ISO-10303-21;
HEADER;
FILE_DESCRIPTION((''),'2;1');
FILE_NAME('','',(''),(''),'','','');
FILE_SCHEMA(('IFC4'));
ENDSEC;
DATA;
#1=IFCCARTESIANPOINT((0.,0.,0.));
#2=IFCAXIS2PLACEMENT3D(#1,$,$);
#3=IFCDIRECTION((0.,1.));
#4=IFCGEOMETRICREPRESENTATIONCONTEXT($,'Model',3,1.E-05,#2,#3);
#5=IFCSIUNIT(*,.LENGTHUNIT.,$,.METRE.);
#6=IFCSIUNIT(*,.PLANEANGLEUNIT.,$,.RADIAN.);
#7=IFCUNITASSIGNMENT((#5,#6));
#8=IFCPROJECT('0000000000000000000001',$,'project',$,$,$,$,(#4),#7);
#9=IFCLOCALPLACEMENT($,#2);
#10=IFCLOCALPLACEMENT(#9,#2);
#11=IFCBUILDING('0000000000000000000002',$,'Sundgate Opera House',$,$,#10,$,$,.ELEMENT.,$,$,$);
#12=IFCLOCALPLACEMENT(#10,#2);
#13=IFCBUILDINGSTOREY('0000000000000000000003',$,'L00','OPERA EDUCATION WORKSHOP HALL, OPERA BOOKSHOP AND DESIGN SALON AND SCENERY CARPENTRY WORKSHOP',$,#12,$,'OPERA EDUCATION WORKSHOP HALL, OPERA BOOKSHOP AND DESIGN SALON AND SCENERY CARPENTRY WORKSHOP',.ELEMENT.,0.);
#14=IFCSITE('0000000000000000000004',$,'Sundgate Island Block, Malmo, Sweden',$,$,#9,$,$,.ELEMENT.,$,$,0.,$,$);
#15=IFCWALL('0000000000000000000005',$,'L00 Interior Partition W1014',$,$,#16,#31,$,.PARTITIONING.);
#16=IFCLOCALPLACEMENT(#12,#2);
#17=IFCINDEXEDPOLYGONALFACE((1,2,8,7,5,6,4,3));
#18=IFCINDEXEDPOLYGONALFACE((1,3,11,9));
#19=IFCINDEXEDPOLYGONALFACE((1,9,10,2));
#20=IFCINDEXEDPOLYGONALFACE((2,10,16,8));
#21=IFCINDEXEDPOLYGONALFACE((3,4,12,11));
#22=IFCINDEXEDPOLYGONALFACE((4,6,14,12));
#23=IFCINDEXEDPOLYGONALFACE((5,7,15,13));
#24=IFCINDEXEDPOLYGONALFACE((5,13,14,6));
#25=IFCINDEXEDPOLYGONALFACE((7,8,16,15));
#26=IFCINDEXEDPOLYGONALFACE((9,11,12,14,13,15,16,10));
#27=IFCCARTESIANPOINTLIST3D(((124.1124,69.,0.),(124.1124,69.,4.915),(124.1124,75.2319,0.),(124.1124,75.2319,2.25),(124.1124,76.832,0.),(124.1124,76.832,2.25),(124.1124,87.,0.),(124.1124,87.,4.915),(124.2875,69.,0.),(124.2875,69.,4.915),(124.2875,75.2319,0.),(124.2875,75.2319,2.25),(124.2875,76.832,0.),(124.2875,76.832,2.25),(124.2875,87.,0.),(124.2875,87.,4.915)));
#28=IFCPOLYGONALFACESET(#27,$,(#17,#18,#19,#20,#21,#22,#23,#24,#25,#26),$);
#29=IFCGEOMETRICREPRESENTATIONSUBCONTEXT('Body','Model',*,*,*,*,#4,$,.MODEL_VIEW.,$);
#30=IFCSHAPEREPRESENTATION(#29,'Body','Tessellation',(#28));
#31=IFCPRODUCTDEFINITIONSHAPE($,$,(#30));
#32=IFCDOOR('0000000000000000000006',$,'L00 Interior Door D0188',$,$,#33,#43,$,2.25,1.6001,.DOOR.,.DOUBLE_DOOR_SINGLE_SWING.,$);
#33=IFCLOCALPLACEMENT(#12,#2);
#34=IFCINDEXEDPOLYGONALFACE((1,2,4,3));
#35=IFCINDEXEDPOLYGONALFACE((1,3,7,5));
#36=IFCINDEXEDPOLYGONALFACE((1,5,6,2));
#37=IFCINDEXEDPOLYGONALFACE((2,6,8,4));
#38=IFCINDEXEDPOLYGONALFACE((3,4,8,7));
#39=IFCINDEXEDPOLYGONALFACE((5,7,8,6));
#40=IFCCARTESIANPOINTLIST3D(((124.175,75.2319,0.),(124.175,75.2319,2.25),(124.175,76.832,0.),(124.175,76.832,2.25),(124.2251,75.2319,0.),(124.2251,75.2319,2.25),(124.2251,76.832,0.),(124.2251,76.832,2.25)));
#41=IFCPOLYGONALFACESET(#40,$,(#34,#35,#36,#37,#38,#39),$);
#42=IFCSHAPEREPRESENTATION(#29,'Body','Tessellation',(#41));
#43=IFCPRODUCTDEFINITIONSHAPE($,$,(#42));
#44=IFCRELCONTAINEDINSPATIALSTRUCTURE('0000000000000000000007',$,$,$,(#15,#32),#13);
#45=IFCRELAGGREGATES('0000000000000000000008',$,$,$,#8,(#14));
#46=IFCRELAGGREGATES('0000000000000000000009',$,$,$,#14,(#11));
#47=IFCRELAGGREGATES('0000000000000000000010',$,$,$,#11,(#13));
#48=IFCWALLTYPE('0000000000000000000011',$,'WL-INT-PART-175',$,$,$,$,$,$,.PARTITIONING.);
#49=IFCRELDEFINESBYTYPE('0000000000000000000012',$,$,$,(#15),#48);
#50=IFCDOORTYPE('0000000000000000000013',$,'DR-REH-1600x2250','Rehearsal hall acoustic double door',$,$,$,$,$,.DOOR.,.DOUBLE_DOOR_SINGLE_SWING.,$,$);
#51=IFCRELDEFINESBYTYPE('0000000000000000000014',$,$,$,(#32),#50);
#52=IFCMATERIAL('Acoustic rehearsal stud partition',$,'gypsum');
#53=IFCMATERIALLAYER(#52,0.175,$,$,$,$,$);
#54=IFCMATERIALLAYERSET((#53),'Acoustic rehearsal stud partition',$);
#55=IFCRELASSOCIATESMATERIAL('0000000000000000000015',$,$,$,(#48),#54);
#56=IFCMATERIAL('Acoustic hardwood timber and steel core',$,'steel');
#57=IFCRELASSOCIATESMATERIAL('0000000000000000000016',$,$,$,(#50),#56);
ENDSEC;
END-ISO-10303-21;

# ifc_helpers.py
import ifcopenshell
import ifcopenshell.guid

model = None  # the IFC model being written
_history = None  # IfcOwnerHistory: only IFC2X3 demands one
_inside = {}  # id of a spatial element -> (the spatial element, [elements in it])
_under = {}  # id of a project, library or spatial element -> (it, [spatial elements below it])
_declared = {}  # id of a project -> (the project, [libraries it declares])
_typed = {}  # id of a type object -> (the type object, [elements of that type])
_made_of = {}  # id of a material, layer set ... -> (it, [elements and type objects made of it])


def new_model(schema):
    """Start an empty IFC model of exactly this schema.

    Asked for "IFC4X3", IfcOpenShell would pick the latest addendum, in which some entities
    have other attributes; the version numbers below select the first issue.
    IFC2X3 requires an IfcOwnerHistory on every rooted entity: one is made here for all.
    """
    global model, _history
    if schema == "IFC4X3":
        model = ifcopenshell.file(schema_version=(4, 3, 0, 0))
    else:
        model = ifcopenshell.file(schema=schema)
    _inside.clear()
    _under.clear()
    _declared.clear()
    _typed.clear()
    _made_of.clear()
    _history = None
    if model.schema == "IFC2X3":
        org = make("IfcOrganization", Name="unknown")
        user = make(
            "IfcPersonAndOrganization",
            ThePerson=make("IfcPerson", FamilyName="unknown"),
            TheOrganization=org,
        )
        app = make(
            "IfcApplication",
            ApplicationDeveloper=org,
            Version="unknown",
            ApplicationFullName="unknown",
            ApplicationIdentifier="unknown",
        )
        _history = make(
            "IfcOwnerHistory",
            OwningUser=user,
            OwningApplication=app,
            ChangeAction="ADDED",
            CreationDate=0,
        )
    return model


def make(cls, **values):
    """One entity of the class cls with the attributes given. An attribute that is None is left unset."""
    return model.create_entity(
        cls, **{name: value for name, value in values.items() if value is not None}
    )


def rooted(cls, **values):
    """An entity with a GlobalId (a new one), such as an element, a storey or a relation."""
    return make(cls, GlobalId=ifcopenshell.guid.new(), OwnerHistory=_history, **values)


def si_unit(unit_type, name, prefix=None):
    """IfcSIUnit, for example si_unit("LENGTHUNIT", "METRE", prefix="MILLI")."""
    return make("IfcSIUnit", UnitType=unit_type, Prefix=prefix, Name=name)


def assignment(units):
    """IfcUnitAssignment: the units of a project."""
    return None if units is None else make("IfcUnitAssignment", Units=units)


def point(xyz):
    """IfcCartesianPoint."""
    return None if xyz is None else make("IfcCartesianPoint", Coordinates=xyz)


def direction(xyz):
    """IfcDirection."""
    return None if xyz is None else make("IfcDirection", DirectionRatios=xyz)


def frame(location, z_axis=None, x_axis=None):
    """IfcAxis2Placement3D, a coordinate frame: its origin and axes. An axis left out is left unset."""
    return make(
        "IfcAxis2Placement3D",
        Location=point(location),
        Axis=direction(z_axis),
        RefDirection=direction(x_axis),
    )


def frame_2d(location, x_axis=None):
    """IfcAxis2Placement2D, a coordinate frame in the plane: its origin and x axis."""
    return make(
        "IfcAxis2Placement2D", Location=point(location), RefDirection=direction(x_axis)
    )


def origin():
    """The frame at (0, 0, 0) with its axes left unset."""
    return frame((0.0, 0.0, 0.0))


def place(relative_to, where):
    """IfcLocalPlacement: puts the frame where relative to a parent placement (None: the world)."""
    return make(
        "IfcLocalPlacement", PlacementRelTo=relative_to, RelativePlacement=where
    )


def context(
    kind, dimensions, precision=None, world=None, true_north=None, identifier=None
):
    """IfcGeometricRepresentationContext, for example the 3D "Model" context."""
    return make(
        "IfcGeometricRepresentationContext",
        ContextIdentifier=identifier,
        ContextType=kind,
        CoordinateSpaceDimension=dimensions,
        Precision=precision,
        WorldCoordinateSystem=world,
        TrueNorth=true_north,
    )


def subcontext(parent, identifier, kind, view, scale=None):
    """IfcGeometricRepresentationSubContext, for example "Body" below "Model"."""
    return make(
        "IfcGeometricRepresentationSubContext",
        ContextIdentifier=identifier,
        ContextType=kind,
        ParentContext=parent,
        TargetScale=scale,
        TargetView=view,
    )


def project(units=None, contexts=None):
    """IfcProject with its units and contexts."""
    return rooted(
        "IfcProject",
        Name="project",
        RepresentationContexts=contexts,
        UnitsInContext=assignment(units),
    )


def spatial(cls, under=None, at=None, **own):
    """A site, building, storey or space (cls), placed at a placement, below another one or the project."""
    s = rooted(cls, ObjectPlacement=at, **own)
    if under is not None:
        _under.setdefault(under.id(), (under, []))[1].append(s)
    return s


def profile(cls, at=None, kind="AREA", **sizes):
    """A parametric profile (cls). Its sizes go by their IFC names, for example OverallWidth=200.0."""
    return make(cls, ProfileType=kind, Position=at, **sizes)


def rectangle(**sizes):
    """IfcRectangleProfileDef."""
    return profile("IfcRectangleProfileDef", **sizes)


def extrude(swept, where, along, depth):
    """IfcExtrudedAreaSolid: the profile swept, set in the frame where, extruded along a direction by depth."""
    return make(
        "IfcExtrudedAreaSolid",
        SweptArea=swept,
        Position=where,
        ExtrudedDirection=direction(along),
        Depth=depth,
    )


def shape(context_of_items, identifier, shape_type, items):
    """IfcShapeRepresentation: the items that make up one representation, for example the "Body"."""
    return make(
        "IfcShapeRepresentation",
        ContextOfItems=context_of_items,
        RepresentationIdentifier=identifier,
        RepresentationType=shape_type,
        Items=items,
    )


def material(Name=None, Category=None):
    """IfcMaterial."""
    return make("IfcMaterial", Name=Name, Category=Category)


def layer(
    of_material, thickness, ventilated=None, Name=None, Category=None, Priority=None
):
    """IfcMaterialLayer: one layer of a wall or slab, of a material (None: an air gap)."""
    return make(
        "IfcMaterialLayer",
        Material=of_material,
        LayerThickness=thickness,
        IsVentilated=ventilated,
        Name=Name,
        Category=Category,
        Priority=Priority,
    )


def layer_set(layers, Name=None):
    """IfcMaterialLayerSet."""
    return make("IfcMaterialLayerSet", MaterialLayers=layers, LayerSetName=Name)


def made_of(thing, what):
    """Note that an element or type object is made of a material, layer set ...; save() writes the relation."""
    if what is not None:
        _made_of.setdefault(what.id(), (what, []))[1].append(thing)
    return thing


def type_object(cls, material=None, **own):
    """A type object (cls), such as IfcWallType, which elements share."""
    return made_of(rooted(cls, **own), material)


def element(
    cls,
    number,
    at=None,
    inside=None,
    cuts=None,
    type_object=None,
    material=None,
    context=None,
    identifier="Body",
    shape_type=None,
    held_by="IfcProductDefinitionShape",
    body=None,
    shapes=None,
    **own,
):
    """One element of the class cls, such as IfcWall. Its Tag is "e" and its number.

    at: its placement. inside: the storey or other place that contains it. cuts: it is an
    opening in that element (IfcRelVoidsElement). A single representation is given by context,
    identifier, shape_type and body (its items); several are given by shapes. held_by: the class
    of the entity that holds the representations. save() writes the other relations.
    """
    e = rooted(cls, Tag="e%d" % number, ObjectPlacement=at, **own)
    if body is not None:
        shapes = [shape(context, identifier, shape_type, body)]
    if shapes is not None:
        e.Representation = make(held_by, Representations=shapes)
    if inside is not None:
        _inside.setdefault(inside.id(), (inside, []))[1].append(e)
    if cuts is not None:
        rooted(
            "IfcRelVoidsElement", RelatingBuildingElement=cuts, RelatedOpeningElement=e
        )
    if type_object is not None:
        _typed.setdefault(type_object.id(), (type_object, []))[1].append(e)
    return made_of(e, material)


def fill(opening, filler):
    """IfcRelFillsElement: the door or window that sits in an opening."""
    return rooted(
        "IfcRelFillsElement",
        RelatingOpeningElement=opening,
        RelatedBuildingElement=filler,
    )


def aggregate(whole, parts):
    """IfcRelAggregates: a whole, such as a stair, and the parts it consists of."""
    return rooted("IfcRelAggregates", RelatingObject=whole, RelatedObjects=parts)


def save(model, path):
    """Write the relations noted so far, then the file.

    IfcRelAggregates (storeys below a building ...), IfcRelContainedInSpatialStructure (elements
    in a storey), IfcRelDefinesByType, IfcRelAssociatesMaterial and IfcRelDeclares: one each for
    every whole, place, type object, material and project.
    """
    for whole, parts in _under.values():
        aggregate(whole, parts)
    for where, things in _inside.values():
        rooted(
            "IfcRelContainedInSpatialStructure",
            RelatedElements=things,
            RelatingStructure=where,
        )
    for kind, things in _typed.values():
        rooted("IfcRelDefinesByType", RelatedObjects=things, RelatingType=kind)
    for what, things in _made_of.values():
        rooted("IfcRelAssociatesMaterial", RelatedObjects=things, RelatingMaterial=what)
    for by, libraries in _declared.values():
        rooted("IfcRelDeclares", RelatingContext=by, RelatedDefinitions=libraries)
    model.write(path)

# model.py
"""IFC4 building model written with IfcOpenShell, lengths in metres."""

from ifc_helpers import new_model, si_unit, direction, frame, frame_2d, origin, place, context, subcontext, project, spatial, rectangle, extrude, material, layer, layer_set, type_object, element, fill, save


model = new_model("IFC4")

# Units and contexts
model_context = context("Model", 3, precision=1e-05, world=origin(), true_north=direction((0.0, 1.0)))
body_context = subcontext(model_context, "Body", "Model", "MODEL_VIEW")
ifc_project = project(units=[si_unit("LENGTHUNIT", "METRE"), si_unit("PLANEANGLEUNIT", "RADIAN")], contexts=[model_context])

# Site, building, storey
site_placement = place(None, origin())
site = spatial("IfcSite", under=ifc_project, at=site_placement, Name="Sundgate Island Block, Malmo, Sweden", CompositionType="ELEMENT", RefElevation=0.0)
building_placement = place(site_placement, origin())
building = spatial("IfcBuilding", under=site, at=building_placement, Name="Sundgate Opera House", CompositionType="ELEMENT")
storey_placement = place(building_placement, origin())
storey = spatial("IfcBuildingStorey", under=building, at=storey_placement, Name="L00", Description="OPERA EDUCATION WORKSHOP HALL, OPERA BOOKSHOP AND DESIGN SALON AND SCENERY CARPENTRY WORKSHOP", LongName="OPERA EDUCATION WORKSHOP HALL, OPERA BOOKSHOP AND DESIGN SALON AND SCENERY CARPENTRY WORKSHOP", CompositionType="ELEMENT", Elevation=0.0)

# Wall, opening, door
ifc_material_1 = material(Name="Acoustic rehearsal stud partition", Category="gypsum")
ifc_layer = layer(ifc_material_1, 0.175)
ifc_layer_set = layer_set([ifc_layer], Name="Acoustic rehearsal stud partition")
wall_type = type_object("IfcWallType", Name="WL-INT-PART-175", PredefinedType="PARTITIONING", material=ifc_layer_set)
wall_placement = place(storey_placement, frame((124.2, 69.0, 0.0), z_axis=(0.0, 0.0, 1.0), x_axis=(0.0, 1.0, 0.0)))
wall = element("IfcWall", 1, at=wall_placement, inside=storey, type_object=wall_type, Name="L00 Interior Partition W1014", PredefinedType="PARTITIONING", context=body_context, shape_type="SweptSolid", body=[
    extrude(rectangle(XDim=18.0, YDim=0.175, at=frame_2d((9.0, 0.0))), origin(), (0.0, 0.0, 1.0), 4.915),
])
opening_placement = place(wall_placement, frame((6.2319, 0.0, 0.0)))
opening = element("IfcOpeningElement", 2, at=opening_placement, cuts=wall, PredefinedType="OPENING", context=body_context, shape_type="SweptSolid", body=[
    extrude(rectangle(XDim=1.6001, YDim=2.25, at=frame_2d((0.8, 1.125))), frame((0.0, 0.0974, 0.0), z_axis=(0.0, -1.0, 0.0), x_axis=(1.0, 0.0, 0.0)), (0.0, 0.0, 1.0), 0.1951),
])
ifc_material_2 = material(Name="Acoustic hardwood timber and steel core", Category="steel")
door_type = type_object("IfcDoorType", Name="DR-REH-1600x2250", Description="Rehearsal hall acoustic double door", OperationType="DOUBLE_DOOR_SINGLE_SWING", PredefinedType="DOOR", material=ifc_material_2)
door_placement = place(opening_placement, origin())
door = element("IfcDoor", 3, at=door_placement, inside=storey, type_object=door_type, Name="L00 Interior Door D0188", OperationType="DOUBLE_DOOR_SINGLE_SWING", OverallHeight=2.25, OverallWidth=1.6001, PredefinedType="DOOR", context=body_context, shape_type="SweptSolid", body=[
    extrude(rectangle(XDim=1.6001, YDim=2.25, at=frame_2d((0.8, 1.125))), frame((0.0, 0.0249, 0.0), z_axis=(0.0, -1.0, 0.0), x_axis=(1.0, 0.0, 0.0)), (0.0, 0.0, 1.0), 0.05),
])
fill(opening, door)

save(model, "model.ifc")
